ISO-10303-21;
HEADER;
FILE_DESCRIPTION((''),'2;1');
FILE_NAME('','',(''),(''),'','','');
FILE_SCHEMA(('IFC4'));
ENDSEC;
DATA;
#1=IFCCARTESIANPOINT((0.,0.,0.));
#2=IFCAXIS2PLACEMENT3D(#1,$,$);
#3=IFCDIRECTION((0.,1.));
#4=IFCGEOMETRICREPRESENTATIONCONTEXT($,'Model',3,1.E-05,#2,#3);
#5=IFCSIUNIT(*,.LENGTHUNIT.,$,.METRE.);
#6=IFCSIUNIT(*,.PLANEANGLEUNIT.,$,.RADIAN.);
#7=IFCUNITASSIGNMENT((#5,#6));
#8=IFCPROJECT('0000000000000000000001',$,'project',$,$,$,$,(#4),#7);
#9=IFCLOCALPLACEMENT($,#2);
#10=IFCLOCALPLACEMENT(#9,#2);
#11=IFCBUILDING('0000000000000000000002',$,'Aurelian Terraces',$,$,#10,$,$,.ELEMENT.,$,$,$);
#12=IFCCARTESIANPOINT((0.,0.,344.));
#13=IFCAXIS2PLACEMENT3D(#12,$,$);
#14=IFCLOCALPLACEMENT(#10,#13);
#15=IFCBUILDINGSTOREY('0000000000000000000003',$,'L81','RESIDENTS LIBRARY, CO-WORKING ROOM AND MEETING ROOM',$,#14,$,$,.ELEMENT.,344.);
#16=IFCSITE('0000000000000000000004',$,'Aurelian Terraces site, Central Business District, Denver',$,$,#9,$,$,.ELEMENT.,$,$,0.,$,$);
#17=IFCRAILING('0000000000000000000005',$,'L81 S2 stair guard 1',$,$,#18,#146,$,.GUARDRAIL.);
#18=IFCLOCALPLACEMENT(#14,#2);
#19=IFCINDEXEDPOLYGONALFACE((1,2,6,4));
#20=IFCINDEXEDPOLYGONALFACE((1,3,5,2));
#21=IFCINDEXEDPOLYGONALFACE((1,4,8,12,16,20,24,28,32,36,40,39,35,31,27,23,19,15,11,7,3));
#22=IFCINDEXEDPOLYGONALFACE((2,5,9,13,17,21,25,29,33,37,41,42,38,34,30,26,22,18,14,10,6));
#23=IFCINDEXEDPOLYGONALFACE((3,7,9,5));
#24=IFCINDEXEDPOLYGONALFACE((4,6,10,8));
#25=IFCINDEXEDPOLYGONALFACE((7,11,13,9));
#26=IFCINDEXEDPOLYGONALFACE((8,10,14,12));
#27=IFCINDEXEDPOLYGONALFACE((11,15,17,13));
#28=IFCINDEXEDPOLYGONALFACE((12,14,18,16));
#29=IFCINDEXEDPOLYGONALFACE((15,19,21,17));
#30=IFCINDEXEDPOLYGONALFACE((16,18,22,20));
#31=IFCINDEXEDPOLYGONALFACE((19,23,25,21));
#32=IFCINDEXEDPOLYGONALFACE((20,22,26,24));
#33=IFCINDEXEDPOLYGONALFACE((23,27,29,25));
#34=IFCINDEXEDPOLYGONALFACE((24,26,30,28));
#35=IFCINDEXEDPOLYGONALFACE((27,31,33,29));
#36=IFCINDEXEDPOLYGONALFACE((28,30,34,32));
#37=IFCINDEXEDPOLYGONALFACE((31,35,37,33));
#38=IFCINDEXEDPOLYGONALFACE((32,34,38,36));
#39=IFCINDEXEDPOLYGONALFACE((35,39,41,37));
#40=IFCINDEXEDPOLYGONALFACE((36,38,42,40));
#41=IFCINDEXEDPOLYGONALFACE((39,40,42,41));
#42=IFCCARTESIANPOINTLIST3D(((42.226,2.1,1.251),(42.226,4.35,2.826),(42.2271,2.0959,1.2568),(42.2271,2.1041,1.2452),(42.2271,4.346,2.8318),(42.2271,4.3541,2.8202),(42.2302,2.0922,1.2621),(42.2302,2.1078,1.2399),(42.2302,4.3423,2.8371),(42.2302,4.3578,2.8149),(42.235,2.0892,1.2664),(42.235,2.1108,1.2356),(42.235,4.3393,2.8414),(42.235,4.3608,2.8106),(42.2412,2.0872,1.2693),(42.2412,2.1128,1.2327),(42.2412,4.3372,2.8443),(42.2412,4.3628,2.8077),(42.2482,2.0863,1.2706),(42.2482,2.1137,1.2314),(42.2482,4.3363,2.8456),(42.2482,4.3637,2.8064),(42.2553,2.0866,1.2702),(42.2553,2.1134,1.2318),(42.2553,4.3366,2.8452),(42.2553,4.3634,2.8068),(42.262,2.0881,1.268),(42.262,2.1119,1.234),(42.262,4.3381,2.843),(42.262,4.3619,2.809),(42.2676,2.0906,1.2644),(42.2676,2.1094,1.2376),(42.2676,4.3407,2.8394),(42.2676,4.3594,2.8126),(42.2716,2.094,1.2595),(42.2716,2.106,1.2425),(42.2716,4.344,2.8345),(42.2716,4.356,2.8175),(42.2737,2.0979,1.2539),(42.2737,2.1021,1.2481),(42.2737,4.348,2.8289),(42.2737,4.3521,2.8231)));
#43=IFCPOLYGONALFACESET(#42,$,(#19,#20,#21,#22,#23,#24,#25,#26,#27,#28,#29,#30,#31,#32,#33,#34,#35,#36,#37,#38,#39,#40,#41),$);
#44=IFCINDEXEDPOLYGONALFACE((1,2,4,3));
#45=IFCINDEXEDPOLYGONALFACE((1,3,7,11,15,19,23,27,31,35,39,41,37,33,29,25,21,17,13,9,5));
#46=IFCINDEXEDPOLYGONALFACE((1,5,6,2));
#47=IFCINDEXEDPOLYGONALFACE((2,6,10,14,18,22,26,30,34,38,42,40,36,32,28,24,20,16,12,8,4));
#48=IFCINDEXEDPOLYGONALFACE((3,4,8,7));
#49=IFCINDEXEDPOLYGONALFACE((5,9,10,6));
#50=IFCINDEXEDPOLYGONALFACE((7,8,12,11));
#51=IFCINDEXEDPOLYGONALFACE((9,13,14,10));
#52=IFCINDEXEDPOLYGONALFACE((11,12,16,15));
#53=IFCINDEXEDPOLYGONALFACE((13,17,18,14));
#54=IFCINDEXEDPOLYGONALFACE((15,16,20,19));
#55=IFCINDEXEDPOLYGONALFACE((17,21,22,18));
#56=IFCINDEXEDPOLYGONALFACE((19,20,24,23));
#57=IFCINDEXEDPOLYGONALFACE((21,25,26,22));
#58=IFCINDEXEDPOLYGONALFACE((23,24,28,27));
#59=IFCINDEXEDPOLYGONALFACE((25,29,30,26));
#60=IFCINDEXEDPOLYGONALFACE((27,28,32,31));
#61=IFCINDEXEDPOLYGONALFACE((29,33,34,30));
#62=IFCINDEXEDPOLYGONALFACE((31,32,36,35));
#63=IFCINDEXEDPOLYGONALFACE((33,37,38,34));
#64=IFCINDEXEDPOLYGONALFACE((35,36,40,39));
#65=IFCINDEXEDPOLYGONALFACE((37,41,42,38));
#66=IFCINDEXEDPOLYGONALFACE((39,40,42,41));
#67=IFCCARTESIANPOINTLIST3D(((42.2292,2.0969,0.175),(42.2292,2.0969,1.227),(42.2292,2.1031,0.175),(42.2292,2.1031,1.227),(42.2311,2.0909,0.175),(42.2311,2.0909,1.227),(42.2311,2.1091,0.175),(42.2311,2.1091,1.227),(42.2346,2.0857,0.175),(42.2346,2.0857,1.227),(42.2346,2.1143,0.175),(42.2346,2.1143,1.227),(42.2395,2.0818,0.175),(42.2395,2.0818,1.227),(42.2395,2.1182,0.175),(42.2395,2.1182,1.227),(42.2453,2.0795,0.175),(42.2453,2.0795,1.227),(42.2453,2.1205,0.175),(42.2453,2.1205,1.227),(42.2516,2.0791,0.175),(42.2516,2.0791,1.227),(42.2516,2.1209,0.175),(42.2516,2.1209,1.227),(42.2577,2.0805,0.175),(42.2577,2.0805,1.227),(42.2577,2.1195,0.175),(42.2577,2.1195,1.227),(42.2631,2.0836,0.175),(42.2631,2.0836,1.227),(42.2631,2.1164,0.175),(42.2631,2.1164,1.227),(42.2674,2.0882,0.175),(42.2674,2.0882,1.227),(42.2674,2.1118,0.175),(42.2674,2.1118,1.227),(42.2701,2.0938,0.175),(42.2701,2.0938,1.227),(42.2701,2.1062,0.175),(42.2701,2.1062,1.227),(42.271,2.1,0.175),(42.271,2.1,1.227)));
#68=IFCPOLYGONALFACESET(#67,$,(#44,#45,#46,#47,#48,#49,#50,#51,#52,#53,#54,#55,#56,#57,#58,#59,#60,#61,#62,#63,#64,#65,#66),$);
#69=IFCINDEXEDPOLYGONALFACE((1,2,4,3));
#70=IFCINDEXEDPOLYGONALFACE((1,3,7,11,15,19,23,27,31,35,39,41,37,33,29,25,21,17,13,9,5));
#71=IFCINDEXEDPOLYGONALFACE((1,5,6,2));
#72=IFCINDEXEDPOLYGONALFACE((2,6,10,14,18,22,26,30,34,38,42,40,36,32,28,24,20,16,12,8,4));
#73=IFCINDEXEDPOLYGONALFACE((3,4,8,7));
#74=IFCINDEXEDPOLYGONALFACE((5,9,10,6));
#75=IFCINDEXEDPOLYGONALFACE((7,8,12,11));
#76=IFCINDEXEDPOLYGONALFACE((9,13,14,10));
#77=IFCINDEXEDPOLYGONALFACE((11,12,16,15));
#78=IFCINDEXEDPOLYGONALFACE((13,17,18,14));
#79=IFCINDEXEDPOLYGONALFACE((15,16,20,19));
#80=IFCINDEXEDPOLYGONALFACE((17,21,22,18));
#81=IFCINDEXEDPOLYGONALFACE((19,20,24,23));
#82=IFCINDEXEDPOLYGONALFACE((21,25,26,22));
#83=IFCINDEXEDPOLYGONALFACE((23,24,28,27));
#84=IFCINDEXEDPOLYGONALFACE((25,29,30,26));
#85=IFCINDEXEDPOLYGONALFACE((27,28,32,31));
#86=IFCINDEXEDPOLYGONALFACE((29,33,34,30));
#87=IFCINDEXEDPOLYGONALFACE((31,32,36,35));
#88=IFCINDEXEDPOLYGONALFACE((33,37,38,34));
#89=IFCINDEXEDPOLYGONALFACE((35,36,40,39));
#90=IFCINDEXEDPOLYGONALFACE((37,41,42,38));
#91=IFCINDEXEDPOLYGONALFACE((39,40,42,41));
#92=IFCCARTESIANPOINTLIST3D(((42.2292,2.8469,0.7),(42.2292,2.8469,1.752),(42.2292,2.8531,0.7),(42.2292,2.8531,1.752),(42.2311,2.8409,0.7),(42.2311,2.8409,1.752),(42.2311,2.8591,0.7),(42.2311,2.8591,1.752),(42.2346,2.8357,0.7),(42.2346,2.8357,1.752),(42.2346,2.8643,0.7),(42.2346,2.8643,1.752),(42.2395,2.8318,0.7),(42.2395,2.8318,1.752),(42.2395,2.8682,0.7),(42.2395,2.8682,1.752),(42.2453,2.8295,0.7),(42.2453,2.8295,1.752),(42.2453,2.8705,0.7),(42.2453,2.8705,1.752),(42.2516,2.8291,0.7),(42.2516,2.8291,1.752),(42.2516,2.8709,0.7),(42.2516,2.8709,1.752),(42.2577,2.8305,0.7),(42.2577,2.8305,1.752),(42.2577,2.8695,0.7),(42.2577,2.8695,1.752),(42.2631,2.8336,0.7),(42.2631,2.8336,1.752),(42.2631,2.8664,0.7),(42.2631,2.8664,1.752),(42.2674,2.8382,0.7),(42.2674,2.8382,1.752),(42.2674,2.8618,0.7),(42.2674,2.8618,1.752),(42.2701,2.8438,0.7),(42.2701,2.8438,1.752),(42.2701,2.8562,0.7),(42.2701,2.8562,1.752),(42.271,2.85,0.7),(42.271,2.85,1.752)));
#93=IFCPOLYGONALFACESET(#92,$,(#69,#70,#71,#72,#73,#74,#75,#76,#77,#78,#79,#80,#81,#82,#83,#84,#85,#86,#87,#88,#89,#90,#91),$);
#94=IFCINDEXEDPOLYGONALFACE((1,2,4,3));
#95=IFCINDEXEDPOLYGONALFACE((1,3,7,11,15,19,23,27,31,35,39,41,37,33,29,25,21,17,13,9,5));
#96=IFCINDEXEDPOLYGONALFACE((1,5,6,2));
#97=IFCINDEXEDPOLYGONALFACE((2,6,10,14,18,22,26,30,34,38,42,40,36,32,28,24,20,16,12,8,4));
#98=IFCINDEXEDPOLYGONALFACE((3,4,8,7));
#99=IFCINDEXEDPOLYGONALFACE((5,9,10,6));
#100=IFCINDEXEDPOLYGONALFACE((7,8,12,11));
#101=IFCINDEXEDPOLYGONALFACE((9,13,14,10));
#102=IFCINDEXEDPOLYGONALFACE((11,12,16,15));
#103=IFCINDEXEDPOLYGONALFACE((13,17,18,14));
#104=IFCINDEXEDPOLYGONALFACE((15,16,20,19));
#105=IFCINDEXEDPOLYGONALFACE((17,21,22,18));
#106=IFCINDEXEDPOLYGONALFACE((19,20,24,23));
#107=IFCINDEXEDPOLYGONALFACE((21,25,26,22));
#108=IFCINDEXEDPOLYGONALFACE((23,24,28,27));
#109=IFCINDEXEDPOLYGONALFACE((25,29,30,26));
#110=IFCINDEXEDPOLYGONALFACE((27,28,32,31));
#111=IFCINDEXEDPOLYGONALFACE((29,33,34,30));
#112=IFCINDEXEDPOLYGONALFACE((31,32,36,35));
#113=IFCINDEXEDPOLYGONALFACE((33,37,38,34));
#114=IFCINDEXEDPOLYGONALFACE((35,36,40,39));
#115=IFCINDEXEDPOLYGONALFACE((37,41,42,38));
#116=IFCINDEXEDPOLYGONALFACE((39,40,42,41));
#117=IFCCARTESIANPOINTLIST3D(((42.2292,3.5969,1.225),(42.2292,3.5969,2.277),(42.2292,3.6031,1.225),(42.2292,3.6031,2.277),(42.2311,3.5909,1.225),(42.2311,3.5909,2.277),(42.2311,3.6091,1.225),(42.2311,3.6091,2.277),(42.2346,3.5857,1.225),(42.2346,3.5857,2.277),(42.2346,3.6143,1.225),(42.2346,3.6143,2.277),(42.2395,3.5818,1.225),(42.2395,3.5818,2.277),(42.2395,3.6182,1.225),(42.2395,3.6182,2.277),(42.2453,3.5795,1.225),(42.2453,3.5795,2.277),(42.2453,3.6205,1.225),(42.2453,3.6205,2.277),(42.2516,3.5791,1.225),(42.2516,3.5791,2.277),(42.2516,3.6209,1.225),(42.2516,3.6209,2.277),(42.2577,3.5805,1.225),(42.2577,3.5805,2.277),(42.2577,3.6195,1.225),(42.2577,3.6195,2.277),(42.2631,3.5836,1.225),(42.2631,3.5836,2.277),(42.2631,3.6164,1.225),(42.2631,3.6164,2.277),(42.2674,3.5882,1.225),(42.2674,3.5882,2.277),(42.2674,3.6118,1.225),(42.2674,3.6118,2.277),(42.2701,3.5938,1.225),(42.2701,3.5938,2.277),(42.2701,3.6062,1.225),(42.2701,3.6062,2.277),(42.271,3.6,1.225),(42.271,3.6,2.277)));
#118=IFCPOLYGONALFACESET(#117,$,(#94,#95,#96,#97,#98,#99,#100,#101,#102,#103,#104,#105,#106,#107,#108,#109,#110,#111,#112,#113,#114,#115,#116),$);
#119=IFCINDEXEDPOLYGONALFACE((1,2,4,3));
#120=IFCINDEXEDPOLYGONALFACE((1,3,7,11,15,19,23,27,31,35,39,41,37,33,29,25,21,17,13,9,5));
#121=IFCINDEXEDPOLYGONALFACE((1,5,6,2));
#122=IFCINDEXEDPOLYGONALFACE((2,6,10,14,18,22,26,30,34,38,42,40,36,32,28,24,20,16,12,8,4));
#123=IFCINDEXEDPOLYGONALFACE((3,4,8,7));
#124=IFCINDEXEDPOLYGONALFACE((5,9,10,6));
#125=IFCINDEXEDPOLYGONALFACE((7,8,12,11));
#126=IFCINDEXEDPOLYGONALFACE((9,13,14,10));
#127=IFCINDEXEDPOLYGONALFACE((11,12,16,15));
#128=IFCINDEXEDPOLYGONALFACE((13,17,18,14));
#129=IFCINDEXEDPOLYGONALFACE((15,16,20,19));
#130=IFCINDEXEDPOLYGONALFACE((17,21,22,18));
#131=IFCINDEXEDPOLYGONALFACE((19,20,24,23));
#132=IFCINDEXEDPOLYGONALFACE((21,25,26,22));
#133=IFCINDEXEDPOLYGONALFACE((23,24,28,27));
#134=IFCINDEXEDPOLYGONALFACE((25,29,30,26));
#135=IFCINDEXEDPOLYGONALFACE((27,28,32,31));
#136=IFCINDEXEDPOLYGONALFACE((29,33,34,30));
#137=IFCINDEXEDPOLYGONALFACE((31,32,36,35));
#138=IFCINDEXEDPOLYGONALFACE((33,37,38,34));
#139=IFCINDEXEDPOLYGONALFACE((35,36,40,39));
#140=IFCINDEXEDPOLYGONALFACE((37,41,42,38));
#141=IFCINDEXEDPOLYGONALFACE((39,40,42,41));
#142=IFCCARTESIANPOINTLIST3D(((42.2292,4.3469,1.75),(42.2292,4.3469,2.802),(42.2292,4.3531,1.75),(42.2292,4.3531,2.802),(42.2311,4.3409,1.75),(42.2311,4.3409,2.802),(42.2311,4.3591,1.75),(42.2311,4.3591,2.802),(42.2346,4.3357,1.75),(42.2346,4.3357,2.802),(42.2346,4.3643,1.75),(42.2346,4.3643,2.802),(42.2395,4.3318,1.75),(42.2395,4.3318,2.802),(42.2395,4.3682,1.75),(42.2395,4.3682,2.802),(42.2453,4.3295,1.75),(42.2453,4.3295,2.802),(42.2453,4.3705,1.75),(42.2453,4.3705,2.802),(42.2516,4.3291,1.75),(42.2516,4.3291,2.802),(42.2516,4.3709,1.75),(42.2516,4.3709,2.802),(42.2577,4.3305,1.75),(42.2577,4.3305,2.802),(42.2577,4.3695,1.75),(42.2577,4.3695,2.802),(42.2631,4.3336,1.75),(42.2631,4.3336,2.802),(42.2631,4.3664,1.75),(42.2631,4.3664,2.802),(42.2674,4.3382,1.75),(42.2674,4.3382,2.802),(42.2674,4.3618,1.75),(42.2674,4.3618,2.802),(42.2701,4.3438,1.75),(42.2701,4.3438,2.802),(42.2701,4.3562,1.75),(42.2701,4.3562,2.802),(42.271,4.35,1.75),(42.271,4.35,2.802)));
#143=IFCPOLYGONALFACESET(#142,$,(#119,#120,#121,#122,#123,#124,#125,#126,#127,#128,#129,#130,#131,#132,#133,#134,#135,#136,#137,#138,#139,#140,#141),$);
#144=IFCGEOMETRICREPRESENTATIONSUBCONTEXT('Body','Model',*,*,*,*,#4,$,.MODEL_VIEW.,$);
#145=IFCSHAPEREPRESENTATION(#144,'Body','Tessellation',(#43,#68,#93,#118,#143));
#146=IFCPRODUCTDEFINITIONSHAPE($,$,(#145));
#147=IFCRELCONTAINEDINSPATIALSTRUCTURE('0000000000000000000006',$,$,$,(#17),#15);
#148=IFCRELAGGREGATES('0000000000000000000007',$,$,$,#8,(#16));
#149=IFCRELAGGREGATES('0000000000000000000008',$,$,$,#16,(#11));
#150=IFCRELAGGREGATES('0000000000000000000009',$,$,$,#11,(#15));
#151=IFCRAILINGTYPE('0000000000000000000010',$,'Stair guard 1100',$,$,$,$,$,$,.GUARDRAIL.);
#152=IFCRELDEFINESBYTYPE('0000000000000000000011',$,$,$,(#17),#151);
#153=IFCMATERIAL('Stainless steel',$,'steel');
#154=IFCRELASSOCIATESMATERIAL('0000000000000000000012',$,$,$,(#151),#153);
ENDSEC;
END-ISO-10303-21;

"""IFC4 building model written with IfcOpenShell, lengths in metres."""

from ifc_helpers import new_model, si_unit, direction, frame, origin, origin_2d, place, context, subcontext, project, spatial, circle, extrude, source, transform, mapped, material, type_object, element, save


model = new_model("IFC4")

# Units and contexts
model_context = context("Model", 3, precision=1e-05, world=origin(), true_north=direction((0.0, 1.0)))
body_context = subcontext(model_context, "Body", "Model", "MODEL_VIEW")
ifc_project = project(units=[si_unit("LENGTHUNIT", "METRE"), si_unit("PLANEANGLEUNIT", "RADIAN")], contexts=[model_context])

# Site, building, storey
site_placement = place(None, origin())
site = spatial("IfcSite", under=ifc_project, at=site_placement, Name="Aurelian Terraces site, Central Business District, Denver", CompositionType="ELEMENT", RefElevation=0.0)
building_placement = place(site_placement, origin())
building = spatial("IfcBuilding", under=site, at=building_placement, Name="Aurelian Terraces", CompositionType="ELEMENT")
storey_placement = place(building_placement, frame((0.0, 0.0, 344.0)))
storey = spatial("IfcBuildingStorey", under=building, at=storey_placement, Name="L81", Description="RESIDENTS LIBRARY, CO-WORKING ROOM AND MEETING ROOM", CompositionType="ELEMENT", Elevation=344.0)

# Railing
ifc_material_1 = material(Name="Stainless steel", Category="steel")
railing_type_1 = type_object("IfcRailingType", Name="Stair guard 1100", PredefinedType="GUARDRAIL", material=ifc_material_1)
shared_shape_1 = source(origin(), body_context, "Body", "SweptSolid", [
    extrude(circle(Radius=0.024, at=origin_2d()), frame((0.0, 0.0, 1.076), z_axis=(0.0, 0.819232, 0.573462), x_axis=(-1.0, 0.0, 0.0)), (0.0, 0.0, 1.0), 2.7465),
    extrude(circle(Radius=0.021, at=origin_2d()), origin(), (0.0, 0.0, 1.0), 1.052),
    extrude(circle(Radius=0.021, at=origin_2d()), frame((0.0, 0.75, 0.525)), (0.0, 0.0, 1.0), 1.052),
    extrude(circle(Radius=0.021, at=origin_2d()), frame((0.0, 1.5, 1.05)), (0.0, 0.0, 1.0), 1.052),
    extrude(circle(Radius=0.021, at=origin_2d()), frame((0.0, 2.25, 1.575)), (0.0, 0.0, 1.0), 1.052),
])
railing_1_placement = place(storey_placement, frame((42.25, 2.1, 0.175)))
element("IfcRailing", 1, at=railing_1_placement, inside=storey, type_object=railing_type_1, Name="L81 S2 stair guard 1", PredefinedType="GUARDRAIL", context=body_context, shape_type="MappedRepresentation", body=[
    mapped(shared_shape_1, transform((0.0, 0.0, 0.0), scale=1.0)),
])

save(model, "model.ifc")
